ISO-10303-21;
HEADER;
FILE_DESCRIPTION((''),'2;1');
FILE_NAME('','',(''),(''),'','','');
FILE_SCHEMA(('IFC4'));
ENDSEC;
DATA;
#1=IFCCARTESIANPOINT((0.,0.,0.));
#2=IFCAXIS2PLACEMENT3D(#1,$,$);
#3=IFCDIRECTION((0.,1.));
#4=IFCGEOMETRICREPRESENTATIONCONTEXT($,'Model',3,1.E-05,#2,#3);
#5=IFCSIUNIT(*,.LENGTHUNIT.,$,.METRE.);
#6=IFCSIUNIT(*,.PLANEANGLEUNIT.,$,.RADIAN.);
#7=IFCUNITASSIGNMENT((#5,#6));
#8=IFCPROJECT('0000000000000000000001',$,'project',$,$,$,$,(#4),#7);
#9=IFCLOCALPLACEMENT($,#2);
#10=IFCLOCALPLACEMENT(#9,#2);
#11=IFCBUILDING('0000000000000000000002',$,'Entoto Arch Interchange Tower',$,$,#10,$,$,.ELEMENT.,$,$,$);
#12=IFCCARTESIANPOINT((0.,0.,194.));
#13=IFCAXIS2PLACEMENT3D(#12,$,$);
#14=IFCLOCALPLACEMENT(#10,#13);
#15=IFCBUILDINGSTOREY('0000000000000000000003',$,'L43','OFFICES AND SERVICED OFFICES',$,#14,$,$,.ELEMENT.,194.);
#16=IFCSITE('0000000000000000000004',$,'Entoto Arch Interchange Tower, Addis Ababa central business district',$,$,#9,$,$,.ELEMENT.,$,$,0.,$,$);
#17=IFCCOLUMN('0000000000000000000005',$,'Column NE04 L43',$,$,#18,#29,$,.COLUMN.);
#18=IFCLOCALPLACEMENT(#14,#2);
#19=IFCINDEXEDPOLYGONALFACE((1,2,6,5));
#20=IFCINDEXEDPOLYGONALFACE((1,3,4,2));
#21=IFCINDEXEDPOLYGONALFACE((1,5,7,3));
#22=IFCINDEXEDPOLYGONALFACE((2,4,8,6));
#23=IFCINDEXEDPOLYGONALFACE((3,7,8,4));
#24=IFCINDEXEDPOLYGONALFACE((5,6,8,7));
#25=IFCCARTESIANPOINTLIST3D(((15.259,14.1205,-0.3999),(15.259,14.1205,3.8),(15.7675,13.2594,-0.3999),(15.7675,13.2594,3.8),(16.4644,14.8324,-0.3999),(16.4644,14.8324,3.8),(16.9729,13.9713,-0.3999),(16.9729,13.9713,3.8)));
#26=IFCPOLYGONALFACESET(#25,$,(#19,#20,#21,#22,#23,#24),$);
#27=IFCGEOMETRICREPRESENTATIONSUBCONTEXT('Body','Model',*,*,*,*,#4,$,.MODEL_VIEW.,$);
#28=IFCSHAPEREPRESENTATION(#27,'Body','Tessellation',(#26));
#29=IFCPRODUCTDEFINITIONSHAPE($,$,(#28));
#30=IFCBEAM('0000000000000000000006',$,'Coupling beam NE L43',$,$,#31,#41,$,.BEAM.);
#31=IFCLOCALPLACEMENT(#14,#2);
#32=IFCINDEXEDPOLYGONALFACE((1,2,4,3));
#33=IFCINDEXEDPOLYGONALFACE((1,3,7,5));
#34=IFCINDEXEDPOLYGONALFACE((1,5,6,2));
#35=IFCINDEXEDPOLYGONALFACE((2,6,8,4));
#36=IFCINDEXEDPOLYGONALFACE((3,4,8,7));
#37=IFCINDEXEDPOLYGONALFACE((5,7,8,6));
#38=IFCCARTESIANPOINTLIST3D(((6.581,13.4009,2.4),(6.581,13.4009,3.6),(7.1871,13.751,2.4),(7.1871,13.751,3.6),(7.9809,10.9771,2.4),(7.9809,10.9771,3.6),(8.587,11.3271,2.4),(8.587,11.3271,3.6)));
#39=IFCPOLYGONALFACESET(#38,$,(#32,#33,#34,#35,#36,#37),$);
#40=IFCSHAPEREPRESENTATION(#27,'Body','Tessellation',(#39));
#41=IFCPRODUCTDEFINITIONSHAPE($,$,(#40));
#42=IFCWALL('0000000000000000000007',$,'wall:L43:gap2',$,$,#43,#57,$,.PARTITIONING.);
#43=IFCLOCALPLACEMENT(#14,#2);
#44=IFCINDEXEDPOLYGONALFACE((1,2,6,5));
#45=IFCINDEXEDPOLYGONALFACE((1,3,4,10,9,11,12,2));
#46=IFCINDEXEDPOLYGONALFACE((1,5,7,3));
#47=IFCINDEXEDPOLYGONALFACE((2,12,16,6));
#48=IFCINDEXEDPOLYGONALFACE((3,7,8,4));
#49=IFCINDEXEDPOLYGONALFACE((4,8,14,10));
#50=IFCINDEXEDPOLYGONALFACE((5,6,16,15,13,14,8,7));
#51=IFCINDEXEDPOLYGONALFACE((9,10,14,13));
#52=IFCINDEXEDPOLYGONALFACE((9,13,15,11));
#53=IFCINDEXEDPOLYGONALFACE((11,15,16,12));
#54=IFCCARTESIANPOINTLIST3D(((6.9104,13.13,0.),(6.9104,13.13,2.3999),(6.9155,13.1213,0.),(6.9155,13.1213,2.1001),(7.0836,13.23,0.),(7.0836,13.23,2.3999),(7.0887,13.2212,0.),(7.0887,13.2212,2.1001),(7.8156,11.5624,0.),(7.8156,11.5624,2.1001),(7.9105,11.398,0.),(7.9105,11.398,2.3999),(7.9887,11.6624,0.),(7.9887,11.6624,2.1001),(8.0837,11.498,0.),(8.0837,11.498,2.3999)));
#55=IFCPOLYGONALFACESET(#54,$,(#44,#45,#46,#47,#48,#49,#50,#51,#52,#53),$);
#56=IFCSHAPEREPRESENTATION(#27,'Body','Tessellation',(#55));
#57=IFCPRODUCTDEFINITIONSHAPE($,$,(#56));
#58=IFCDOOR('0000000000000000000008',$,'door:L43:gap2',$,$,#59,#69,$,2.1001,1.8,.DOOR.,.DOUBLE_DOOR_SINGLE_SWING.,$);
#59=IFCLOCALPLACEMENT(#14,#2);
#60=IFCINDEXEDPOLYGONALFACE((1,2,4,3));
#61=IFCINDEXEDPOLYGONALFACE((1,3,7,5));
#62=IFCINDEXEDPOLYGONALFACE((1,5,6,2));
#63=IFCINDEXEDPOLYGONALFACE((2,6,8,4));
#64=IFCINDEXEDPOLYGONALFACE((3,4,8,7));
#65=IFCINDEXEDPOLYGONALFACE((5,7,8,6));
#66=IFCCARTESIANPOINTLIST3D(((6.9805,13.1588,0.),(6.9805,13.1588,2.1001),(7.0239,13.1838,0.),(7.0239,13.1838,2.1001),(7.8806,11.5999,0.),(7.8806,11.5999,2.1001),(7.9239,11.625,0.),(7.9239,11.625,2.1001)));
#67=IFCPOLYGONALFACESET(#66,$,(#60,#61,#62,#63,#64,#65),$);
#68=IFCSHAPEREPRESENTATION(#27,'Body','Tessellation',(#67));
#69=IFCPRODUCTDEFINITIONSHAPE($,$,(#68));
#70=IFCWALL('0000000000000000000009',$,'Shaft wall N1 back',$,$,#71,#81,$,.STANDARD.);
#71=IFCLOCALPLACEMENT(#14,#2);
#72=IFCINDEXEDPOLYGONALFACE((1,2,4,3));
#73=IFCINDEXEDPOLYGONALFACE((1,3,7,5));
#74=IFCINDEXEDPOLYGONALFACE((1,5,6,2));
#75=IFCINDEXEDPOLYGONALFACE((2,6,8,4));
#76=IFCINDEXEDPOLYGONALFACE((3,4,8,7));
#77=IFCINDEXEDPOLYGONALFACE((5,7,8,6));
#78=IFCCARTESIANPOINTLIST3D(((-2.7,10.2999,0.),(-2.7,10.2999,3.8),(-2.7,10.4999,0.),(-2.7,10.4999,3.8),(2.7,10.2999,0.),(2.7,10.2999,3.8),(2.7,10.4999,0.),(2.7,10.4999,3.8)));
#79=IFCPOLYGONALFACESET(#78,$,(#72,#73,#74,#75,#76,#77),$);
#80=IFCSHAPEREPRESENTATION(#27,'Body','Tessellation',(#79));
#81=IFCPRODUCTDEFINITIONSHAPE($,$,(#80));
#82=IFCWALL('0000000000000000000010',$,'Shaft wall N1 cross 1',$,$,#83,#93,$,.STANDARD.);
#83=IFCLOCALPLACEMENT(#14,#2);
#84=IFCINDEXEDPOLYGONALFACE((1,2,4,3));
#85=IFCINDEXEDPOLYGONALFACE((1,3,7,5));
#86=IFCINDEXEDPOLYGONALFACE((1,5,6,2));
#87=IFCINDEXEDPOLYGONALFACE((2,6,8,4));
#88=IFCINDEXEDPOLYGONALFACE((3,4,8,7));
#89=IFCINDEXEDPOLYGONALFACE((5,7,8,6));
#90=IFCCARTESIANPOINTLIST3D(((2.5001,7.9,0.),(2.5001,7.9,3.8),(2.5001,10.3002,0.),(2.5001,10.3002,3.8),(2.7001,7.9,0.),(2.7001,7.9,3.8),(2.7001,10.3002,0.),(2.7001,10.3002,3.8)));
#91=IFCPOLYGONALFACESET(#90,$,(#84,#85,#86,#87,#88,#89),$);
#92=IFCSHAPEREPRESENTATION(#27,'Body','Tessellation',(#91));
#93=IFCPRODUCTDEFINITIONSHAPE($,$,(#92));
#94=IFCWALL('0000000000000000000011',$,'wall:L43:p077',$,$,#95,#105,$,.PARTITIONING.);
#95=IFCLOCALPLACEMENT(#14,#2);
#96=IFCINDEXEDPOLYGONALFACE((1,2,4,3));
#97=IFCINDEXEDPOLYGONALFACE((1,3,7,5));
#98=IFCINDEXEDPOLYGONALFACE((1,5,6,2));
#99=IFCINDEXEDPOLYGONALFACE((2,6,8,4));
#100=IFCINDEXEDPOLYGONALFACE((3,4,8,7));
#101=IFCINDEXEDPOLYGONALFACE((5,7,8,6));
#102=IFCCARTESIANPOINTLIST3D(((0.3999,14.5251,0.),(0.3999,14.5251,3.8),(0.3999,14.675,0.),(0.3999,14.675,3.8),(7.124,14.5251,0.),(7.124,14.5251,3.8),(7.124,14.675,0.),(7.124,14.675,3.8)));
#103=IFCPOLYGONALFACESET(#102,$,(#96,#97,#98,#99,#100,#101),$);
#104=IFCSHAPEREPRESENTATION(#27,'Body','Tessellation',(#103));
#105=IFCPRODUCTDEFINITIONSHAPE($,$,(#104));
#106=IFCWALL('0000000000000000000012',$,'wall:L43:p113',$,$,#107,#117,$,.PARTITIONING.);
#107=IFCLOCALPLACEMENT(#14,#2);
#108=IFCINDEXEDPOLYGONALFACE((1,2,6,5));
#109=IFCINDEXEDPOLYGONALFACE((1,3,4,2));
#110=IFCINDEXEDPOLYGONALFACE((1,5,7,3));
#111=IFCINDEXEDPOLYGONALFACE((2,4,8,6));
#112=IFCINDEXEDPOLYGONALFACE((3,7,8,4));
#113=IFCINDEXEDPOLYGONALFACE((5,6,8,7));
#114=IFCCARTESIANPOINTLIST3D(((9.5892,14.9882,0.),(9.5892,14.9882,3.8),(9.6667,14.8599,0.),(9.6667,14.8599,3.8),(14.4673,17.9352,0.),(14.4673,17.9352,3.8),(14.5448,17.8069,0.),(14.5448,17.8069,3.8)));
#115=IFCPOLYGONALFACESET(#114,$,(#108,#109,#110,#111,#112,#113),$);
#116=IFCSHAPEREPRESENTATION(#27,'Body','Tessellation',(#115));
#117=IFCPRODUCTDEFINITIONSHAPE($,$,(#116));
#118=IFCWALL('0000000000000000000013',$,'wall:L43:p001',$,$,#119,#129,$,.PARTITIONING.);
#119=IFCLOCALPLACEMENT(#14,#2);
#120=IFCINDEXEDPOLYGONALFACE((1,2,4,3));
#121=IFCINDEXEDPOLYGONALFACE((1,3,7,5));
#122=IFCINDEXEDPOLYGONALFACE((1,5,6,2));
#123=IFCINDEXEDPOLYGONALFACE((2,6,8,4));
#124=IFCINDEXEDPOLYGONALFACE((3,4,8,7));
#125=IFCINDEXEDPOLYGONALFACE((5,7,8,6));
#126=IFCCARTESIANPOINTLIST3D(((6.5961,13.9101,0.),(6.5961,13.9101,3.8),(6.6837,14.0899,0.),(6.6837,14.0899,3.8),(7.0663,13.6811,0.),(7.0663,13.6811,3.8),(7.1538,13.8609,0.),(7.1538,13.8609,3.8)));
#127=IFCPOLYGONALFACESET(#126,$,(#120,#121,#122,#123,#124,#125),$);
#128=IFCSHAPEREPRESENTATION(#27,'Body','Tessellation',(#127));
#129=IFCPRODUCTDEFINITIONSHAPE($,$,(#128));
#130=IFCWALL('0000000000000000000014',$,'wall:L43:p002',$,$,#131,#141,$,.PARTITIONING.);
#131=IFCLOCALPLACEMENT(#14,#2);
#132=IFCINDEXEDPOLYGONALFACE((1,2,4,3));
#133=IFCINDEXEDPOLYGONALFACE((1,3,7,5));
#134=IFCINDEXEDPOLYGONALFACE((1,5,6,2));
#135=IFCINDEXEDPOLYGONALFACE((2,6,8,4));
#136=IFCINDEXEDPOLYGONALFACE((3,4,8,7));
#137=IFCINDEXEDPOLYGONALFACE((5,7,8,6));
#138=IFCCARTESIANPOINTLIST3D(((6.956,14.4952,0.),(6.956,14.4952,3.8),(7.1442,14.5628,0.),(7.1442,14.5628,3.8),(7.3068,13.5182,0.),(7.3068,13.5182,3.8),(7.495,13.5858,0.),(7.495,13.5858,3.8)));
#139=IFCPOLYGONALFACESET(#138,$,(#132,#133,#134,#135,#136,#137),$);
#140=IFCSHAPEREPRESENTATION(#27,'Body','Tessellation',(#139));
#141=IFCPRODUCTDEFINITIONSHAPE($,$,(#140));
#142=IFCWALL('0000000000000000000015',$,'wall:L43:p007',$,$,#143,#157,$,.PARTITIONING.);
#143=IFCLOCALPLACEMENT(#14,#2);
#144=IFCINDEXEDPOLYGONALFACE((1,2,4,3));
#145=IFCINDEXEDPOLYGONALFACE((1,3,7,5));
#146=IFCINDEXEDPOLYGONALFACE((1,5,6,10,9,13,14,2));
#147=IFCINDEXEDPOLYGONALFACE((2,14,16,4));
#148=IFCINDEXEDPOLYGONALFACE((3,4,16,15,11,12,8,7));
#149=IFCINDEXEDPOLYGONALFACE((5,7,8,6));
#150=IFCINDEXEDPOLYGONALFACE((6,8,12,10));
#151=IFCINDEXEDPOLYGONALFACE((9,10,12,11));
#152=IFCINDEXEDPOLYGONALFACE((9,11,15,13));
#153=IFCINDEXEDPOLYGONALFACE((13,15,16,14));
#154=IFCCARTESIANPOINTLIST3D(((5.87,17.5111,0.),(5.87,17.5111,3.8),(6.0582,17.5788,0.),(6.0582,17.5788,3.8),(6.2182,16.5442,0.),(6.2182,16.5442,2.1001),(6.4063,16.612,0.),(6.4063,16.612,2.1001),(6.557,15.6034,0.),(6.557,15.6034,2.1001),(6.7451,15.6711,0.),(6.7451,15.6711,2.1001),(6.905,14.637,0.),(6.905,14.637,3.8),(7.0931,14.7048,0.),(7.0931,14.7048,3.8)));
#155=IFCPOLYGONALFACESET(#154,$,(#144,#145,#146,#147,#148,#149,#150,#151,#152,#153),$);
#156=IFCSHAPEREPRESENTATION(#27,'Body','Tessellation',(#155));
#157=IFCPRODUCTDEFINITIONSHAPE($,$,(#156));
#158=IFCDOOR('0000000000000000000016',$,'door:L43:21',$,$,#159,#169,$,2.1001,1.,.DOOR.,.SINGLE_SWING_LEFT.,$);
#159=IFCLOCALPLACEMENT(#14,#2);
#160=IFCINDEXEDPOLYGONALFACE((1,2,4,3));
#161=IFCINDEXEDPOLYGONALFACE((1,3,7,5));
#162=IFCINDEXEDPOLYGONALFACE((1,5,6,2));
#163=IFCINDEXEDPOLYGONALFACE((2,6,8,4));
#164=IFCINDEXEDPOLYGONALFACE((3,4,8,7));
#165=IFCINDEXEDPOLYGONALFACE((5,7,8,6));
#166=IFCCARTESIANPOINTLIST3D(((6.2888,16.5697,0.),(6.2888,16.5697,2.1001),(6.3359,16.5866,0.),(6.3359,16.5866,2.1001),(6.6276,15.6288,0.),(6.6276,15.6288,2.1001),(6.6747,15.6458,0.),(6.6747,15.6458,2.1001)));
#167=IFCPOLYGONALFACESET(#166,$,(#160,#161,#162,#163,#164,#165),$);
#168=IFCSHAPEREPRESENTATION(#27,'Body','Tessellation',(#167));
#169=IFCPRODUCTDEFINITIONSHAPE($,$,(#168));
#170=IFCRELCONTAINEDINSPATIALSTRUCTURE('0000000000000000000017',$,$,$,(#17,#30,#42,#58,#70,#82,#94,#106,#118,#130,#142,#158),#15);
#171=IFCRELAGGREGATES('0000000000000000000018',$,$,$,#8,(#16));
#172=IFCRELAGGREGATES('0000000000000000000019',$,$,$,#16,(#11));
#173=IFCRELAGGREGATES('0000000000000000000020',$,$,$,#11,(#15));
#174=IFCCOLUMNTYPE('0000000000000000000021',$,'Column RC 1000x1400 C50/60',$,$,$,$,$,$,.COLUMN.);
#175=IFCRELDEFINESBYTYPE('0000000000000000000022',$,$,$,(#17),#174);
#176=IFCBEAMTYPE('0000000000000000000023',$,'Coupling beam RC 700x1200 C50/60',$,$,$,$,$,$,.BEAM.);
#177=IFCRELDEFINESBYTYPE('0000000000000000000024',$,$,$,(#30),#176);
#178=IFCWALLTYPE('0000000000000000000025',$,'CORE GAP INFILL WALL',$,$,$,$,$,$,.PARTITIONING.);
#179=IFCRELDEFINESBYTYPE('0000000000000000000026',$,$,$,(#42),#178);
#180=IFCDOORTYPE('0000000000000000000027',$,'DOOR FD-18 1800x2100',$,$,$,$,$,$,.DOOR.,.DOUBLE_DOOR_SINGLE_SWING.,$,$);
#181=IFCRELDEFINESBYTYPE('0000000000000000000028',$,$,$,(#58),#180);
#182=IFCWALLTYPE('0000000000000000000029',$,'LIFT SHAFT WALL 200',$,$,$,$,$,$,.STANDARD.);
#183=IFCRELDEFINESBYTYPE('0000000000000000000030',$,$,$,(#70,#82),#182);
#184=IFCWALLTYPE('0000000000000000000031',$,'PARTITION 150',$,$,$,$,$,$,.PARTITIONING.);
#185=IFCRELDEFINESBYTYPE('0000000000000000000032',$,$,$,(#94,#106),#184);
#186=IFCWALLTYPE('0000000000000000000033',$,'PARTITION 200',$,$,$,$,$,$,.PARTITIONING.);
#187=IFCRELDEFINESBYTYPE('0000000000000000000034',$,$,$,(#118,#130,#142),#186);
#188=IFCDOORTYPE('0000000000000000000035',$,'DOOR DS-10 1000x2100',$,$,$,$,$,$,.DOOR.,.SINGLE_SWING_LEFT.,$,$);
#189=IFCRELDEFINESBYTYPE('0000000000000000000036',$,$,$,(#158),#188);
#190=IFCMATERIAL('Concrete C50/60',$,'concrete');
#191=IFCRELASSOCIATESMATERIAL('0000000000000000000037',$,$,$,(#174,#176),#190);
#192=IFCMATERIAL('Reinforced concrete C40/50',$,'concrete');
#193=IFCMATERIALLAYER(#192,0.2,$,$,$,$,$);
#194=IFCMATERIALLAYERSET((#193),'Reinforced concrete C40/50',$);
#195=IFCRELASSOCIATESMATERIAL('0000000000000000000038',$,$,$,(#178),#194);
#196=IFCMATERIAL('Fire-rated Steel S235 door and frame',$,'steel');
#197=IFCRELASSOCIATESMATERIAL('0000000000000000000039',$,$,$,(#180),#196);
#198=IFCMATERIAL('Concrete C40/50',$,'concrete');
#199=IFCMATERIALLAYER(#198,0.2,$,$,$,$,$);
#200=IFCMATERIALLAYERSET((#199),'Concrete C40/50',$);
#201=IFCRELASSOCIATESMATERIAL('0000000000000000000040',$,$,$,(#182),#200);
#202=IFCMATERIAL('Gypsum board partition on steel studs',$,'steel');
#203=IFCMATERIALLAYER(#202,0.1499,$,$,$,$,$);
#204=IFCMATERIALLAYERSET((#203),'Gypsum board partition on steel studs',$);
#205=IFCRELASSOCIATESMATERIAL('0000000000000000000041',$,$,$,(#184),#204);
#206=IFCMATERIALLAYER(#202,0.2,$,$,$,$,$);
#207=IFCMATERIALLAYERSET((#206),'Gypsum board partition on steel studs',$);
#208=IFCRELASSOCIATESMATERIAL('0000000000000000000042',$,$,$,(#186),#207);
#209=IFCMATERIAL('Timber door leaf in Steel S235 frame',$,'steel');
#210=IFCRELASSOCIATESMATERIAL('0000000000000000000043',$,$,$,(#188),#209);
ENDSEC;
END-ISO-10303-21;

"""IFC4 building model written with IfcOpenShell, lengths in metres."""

from ifc_helpers import new_model, si_unit, direction, frame, frame_2d, origin, origin_2d, place, context, subcontext, project, spatial, rectangle, extrude, material, layer, layer_set, material_profile, profile_set, type_object, element, fill, save


model = new_model("IFC4")

# Units and contexts
model_context = context("Model", 3, precision=1e-05, world=origin(), true_north=direction((0.0, 1.0)))
body_context = subcontext(model_context, "Body", "Model", "MODEL_VIEW")
ifc_project = project(units=[si_unit("LENGTHUNIT", "METRE"), si_unit("PLANEANGLEUNIT", "RADIAN")], contexts=[model_context])

# Site, building, storey
site_placement = place(None, origin())
site = spatial("IfcSite", under=ifc_project, at=site_placement, Name="Entoto Arch Interchange Tower, Addis Ababa central business district", CompositionType="ELEMENT", RefElevation=0.0)
building_placement = place(site_placement, origin())
building = spatial("IfcBuilding", under=site, at=building_placement, Name="Entoto Arch Interchange Tower", CompositionType="ELEMENT")
storey_placement = place(building_placement, frame((0.0, 0.0, 194.0)))
storey = spatial("IfcBuildingStorey", under=building, at=storey_placement, Name="L43", Description="OFFICES AND SERVICED OFFICES", CompositionType="ELEMENT", Elevation=194.0)

# Column
ifc_material_1 = material(Name="Concrete C50/60", Category="concrete")
ifc_material_profile_1 = material_profile(ifc_material_1, rectangle(XDim=1.0, YDim=1.3999, at=origin_2d()))
ifc_profile_set_1 = profile_set([ifc_material_profile_1], Name="Concrete C50/60")
column_type = type_object("IfcColumnType", Name="Column RC 1000x1400 C50/60", PredefinedType="COLUMN", material=ifc_profile_set_1)
column_placement = place(storey_placement, frame((16.116, 14.0459, -0.3999), z_axis=(0.0, 0.0, 1.0), x_axis=(-0.508516, 0.861053, 0.0)))
element("IfcColumn", 1, at=column_placement, inside=storey, type_object=column_type, Name="Column NE04 L43", PredefinedType="COLUMN", context=body_context, shape_type="SweptSolid", body=[
    extrude(rectangle(XDim=1.0, YDim=1.3999, at=origin_2d()), origin(), (0.0, 0.0, 1.0), 4.2),
])

# Beam
ifc_material_profile_2 = material_profile(ifc_material_1, rectangle(XDim=0.7, YDim=1.2, at=origin_2d()))
ifc_profile_set_2 = profile_set([ifc_material_profile_2], Name="Concrete C50/60")
beam_type = type_object("IfcBeamType", Name="Coupling beam RC 700x1200 C50/60", PredefinedType="BEAM", material=ifc_profile_set_2)
beam_placement = place(storey_placement, frame((8.2839, 11.1521, 3.0), z_axis=(-0.500135, 0.865947, 0.0), x_axis=(-0.865947, -0.500135, 0.0)))
element("IfcBeam", 2, at=beam_placement, inside=storey, type_object=beam_type, Name="Coupling beam NE L43", PredefinedType="BEAM", context=body_context, shape_type="SweptSolid", body=[
    extrude(rectangle(XDim=0.7, YDim=1.2, at=origin_2d()), origin(), (0.0, 0.0, 1.0), 2.7991),
])

# Wall, opening, door
ifc_material_2 = material(Name="Reinforced concrete C40/50", Category="concrete")
ifc_layer_1 = layer(ifc_material_2, 0.2)
ifc_layer_set_1 = layer_set([ifc_layer_1], Name="Reinforced concrete C40/50")
wall_type_1 = type_object("IfcWallType", Name="CORE GAP INFILL WALL", PredefinedType="PARTITIONING", material=ifc_layer_set_1)
wall_1_placement = place(storey_placement, frame((7.9971, 11.448, 0.0), z_axis=(0.0, 0.0, 1.0), x_axis=(-0.500025, 0.866011, 0.0)))
wall_1 = element("IfcWall", 3, at=wall_1_placement, inside=storey, type_object=wall_type_1, Name="wall:L43:gap2", PredefinedType="PARTITIONING", context=body_context, shape_type="SweptSolid", body=[
    extrude(rectangle(XDim=2.0, YDim=0.2, at=frame_2d((1.0, 0.0))), origin(), (0.0, 0.0, 1.0), 2.3999),
])
opening_1_placement = place(wall_1_placement, frame((0.1899, 0.0, 0.0)))
opening_1 = element("IfcOpeningElement", 4, at=opening_1_placement, cuts=wall_1, PredefinedType="OPENING", context=body_context, shape_type="SweptSolid", body=[
    extrude(rectangle(XDim=1.8, YDim=2.1001, at=frame_2d((0.8999, 1.05))), frame((0.0, 0.1099, 0.0), z_axis=(0.0, -1.0, 0.0), x_axis=(1.0, 0.0, 0.0)), (0.0, 0.0, 1.0), 0.22),
])
ifc_material_3 = material(Name="Fire-rated Steel S235 door and frame", Category="steel")
door_type_1 = type_object("IfcDoorType", Name="DOOR FD-18 1800x2100", OperationType="DOUBLE_DOOR_SINGLE_SWING", PredefinedType="DOOR", material=ifc_material_3)
door_1_placement = place(opening_1_placement, origin())
door_1 = element("IfcDoor", 5, at=door_1_placement, inside=storey, type_object=door_type_1, Name="door:L43:gap2", OperationType="DOUBLE_DOOR_SINGLE_SWING", OverallHeight=2.1001, OverallWidth=1.8, PredefinedType="DOOR", context=body_context, shape_type="SweptSolid", body=[
    extrude(rectangle(XDim=1.8, YDim=2.1001, at=frame_2d((0.8999, 1.05))), frame((0.0, 0.0249, 0.0), z_axis=(0.0, -1.0, 0.0), x_axis=(1.0, 0.0, 0.0)), (0.0, 0.0, 1.0), 0.05),
])
fill(opening_1, door_1)

# Walls
ifc_material_4 = material(Name="Concrete C40/50", Category="concrete")
ifc_layer_2 = layer(ifc_material_4, 0.2)
ifc_layer_set_2 = layer_set([ifc_layer_2], Name="Concrete C40/50")
wall_type_2 = type_object("IfcWallType", Name="LIFT SHAFT WALL 200", PredefinedType="STANDARD", material=ifc_layer_set_2)
wall_2_placement = place(storey_placement, frame((2.7, 10.3999, 0.0), z_axis=(0.0, 0.0, 1.0), x_axis=(-1.0, 0.0, 0.0)))
element("IfcWall", 6, at=wall_2_placement, inside=storey, type_object=wall_type_2, Name="Shaft wall N1 back", PredefinedType="STANDARD", context=body_context, shape_type="SweptSolid", body=[
    extrude(rectangle(XDim=5.3999, YDim=0.2, at=frame_2d((2.7, 0.0))), origin(), (0.0, 0.0, 1.0), 3.8),
])
wall_3_placement = place(storey_placement, frame((2.6001, 7.8999, 0.0), z_axis=(0.0, 0.0, 1.0), x_axis=(0.0, 1.0, 0.0)))
element("IfcWall", 7, at=wall_3_placement, inside=storey, type_object=wall_type_2, Name="Shaft wall N1 cross 1", PredefinedType="STANDARD", context=body_context, shape_type="SweptSolid", body=[
    extrude(rectangle(XDim=2.4001, YDim=0.2, at=frame_2d((1.2002, 0.0))), origin(), (0.0, 0.0, 1.0), 3.8),
])
ifc_material_5 = material(Name="Gypsum board partition on steel studs", Category="steel")
ifc_layer_3 = layer(ifc_material_5, 0.1499)
ifc_layer_set_3 = layer_set([ifc_layer_3], Name="Gypsum board partition on steel studs")
wall_type_3 = type_object("IfcWallType", Name="PARTITION 150", PredefinedType="PARTITIONING", material=ifc_layer_set_3)
wall_4_placement = place(storey_placement, frame((7.124, 14.6001, 0.0), z_axis=(0.0, 0.0, 1.0), x_axis=(-1.0, 0.0, 0.0)))
element("IfcWall", 8, at=wall_4_placement, inside=storey, type_object=wall_type_3, Name="wall:L43:p077", PredefinedType="PARTITIONING", context=body_context, shape_type="SweptSolid", body=[
    extrude(rectangle(XDim=6.7241, YDim=0.1499, at=frame_2d((3.3621, 0.0))), origin(), (0.0, 0.0, 1.0), 3.8),
])
wall_5_placement = place(storey_placement, frame((9.6279, 14.9241, 0.0), z_axis=(0.0, 0.0, 1.0), x_axis=(0.855932, 0.517089, 0.0)))
element("IfcWall", 9, at=wall_5_placement, inside=storey, type_object=wall_type_3, Name="wall:L43:p113", PredefinedType="PARTITIONING", context=body_context, shape_type="SweptSolid", body=[
    extrude(rectangle(XDim=5.6992, YDim=0.1499, at=frame_2d((2.8496, 0.0))), origin(), (0.0, 0.0, 1.0), 3.8),
])
ifc_layer_4 = layer(ifc_material_5, 0.2)
ifc_layer_set_4 = layer_set([ifc_layer_4], Name="Gypsum board partition on steel studs")
wall_type_4 = type_object("IfcWallType", Name="PARTITION 200", PredefinedType="PARTITIONING", material=ifc_layer_set_4)
wall_6_placement = place(storey_placement, frame((6.6399, 14.0, 0.0), z_axis=(0.0, 0.0, 1.0), x_axis=(0.899046, -0.437853, 0.0)))
element("IfcWall", 10, at=wall_6_placement, inside=storey, type_object=wall_type_4, Name="wall:L43:p001", PredefinedType="PARTITIONING", context=body_context, shape_type="SweptSolid", body=[
    extrude(rectangle(XDim=0.5229, YDim=0.2, at=frame_2d((0.2615, 0.0))), origin(), (0.0, 0.0, 1.0), 3.8),
])
wall_7_placement = place(storey_placement, frame((7.4009, 13.552, 0.0), z_axis=(0.0, 0.0, 1.0), x_axis=(-0.337945, 0.941166, 0.0)))
element("IfcWall", 11, at=wall_7_placement, inside=storey, type_object=wall_type_4, Name="wall:L43:p002", PredefinedType="PARTITIONING", context=body_context, shape_type="SweptSolid", body=[
    extrude(rectangle(XDim=1.0381, YDim=0.2, at=frame_2d((0.519, 0.0))), origin(), (0.0, 0.0, 1.0), 3.8),
])

# Wall, opening, door
wall_8_placement = place(storey_placement, frame((6.999, 14.6709, 0.0), z_axis=(0.0, 0.0, 1.0), x_axis=(-0.338796, 0.94086, 0.0)))
wall_8 = element("IfcWall", 12, at=wall_8_placement, inside=storey, type_object=wall_type_4, Name="wall:L43:p007", PredefinedType="PARTITIONING", context=body_context, shape_type="SweptSolid", body=[
    extrude(rectangle(XDim=3.0547, YDim=0.2, at=frame_2d((1.5273, 0.0))), origin(), (0.0, 0.0, 1.0), 3.8),
])
opening_2_placement = place(wall_8_placement, frame((1.0271, 0.0, 0.0)))
opening_2 = element("IfcOpeningElement", 13, at=opening_2_placement, cuts=wall_8, PredefinedType="OPENING", context=body_context, shape_type="SweptSolid", body=[
    extrude(rectangle(XDim=1.0, YDim=2.1001, at=frame_2d((0.5, 1.05))), frame((0.0, 0.1099, 0.0), z_axis=(0.0, -1.0, 0.0), x_axis=(1.0, 0.0, 0.0)), (0.0, 0.0, 1.0), 0.22),
])
ifc_material_6 = material(Name="Timber door leaf in Steel S235 frame", Category="steel")
door_type_2 = type_object("IfcDoorType", Name="DOOR DS-10 1000x2100", OperationType="SINGLE_SWING_LEFT", PredefinedType="DOOR", material=ifc_material_6)
door_2_placement = place(opening_2_placement, origin())
door_2 = element("IfcDoor", 14, at=door_2_placement, inside=storey, type_object=door_type_2, Name="door:L43:21", OperationType="SINGLE_SWING_LEFT", OverallHeight=2.1001, OverallWidth=1.0, PredefinedType="DOOR", context=body_context, shape_type="SweptSolid", body=[
    extrude(rectangle(XDim=1.0, YDim=2.1001, at=frame_2d((0.5, 1.05))), frame((0.0, 0.0249, 0.0), z_axis=(0.0, -1.0, 0.0), x_axis=(1.0, 0.0, 0.0)), (0.0, 0.0, 1.0), 0.05),
])
fill(opening_2, door_2)

save(model, "model.ifc")
